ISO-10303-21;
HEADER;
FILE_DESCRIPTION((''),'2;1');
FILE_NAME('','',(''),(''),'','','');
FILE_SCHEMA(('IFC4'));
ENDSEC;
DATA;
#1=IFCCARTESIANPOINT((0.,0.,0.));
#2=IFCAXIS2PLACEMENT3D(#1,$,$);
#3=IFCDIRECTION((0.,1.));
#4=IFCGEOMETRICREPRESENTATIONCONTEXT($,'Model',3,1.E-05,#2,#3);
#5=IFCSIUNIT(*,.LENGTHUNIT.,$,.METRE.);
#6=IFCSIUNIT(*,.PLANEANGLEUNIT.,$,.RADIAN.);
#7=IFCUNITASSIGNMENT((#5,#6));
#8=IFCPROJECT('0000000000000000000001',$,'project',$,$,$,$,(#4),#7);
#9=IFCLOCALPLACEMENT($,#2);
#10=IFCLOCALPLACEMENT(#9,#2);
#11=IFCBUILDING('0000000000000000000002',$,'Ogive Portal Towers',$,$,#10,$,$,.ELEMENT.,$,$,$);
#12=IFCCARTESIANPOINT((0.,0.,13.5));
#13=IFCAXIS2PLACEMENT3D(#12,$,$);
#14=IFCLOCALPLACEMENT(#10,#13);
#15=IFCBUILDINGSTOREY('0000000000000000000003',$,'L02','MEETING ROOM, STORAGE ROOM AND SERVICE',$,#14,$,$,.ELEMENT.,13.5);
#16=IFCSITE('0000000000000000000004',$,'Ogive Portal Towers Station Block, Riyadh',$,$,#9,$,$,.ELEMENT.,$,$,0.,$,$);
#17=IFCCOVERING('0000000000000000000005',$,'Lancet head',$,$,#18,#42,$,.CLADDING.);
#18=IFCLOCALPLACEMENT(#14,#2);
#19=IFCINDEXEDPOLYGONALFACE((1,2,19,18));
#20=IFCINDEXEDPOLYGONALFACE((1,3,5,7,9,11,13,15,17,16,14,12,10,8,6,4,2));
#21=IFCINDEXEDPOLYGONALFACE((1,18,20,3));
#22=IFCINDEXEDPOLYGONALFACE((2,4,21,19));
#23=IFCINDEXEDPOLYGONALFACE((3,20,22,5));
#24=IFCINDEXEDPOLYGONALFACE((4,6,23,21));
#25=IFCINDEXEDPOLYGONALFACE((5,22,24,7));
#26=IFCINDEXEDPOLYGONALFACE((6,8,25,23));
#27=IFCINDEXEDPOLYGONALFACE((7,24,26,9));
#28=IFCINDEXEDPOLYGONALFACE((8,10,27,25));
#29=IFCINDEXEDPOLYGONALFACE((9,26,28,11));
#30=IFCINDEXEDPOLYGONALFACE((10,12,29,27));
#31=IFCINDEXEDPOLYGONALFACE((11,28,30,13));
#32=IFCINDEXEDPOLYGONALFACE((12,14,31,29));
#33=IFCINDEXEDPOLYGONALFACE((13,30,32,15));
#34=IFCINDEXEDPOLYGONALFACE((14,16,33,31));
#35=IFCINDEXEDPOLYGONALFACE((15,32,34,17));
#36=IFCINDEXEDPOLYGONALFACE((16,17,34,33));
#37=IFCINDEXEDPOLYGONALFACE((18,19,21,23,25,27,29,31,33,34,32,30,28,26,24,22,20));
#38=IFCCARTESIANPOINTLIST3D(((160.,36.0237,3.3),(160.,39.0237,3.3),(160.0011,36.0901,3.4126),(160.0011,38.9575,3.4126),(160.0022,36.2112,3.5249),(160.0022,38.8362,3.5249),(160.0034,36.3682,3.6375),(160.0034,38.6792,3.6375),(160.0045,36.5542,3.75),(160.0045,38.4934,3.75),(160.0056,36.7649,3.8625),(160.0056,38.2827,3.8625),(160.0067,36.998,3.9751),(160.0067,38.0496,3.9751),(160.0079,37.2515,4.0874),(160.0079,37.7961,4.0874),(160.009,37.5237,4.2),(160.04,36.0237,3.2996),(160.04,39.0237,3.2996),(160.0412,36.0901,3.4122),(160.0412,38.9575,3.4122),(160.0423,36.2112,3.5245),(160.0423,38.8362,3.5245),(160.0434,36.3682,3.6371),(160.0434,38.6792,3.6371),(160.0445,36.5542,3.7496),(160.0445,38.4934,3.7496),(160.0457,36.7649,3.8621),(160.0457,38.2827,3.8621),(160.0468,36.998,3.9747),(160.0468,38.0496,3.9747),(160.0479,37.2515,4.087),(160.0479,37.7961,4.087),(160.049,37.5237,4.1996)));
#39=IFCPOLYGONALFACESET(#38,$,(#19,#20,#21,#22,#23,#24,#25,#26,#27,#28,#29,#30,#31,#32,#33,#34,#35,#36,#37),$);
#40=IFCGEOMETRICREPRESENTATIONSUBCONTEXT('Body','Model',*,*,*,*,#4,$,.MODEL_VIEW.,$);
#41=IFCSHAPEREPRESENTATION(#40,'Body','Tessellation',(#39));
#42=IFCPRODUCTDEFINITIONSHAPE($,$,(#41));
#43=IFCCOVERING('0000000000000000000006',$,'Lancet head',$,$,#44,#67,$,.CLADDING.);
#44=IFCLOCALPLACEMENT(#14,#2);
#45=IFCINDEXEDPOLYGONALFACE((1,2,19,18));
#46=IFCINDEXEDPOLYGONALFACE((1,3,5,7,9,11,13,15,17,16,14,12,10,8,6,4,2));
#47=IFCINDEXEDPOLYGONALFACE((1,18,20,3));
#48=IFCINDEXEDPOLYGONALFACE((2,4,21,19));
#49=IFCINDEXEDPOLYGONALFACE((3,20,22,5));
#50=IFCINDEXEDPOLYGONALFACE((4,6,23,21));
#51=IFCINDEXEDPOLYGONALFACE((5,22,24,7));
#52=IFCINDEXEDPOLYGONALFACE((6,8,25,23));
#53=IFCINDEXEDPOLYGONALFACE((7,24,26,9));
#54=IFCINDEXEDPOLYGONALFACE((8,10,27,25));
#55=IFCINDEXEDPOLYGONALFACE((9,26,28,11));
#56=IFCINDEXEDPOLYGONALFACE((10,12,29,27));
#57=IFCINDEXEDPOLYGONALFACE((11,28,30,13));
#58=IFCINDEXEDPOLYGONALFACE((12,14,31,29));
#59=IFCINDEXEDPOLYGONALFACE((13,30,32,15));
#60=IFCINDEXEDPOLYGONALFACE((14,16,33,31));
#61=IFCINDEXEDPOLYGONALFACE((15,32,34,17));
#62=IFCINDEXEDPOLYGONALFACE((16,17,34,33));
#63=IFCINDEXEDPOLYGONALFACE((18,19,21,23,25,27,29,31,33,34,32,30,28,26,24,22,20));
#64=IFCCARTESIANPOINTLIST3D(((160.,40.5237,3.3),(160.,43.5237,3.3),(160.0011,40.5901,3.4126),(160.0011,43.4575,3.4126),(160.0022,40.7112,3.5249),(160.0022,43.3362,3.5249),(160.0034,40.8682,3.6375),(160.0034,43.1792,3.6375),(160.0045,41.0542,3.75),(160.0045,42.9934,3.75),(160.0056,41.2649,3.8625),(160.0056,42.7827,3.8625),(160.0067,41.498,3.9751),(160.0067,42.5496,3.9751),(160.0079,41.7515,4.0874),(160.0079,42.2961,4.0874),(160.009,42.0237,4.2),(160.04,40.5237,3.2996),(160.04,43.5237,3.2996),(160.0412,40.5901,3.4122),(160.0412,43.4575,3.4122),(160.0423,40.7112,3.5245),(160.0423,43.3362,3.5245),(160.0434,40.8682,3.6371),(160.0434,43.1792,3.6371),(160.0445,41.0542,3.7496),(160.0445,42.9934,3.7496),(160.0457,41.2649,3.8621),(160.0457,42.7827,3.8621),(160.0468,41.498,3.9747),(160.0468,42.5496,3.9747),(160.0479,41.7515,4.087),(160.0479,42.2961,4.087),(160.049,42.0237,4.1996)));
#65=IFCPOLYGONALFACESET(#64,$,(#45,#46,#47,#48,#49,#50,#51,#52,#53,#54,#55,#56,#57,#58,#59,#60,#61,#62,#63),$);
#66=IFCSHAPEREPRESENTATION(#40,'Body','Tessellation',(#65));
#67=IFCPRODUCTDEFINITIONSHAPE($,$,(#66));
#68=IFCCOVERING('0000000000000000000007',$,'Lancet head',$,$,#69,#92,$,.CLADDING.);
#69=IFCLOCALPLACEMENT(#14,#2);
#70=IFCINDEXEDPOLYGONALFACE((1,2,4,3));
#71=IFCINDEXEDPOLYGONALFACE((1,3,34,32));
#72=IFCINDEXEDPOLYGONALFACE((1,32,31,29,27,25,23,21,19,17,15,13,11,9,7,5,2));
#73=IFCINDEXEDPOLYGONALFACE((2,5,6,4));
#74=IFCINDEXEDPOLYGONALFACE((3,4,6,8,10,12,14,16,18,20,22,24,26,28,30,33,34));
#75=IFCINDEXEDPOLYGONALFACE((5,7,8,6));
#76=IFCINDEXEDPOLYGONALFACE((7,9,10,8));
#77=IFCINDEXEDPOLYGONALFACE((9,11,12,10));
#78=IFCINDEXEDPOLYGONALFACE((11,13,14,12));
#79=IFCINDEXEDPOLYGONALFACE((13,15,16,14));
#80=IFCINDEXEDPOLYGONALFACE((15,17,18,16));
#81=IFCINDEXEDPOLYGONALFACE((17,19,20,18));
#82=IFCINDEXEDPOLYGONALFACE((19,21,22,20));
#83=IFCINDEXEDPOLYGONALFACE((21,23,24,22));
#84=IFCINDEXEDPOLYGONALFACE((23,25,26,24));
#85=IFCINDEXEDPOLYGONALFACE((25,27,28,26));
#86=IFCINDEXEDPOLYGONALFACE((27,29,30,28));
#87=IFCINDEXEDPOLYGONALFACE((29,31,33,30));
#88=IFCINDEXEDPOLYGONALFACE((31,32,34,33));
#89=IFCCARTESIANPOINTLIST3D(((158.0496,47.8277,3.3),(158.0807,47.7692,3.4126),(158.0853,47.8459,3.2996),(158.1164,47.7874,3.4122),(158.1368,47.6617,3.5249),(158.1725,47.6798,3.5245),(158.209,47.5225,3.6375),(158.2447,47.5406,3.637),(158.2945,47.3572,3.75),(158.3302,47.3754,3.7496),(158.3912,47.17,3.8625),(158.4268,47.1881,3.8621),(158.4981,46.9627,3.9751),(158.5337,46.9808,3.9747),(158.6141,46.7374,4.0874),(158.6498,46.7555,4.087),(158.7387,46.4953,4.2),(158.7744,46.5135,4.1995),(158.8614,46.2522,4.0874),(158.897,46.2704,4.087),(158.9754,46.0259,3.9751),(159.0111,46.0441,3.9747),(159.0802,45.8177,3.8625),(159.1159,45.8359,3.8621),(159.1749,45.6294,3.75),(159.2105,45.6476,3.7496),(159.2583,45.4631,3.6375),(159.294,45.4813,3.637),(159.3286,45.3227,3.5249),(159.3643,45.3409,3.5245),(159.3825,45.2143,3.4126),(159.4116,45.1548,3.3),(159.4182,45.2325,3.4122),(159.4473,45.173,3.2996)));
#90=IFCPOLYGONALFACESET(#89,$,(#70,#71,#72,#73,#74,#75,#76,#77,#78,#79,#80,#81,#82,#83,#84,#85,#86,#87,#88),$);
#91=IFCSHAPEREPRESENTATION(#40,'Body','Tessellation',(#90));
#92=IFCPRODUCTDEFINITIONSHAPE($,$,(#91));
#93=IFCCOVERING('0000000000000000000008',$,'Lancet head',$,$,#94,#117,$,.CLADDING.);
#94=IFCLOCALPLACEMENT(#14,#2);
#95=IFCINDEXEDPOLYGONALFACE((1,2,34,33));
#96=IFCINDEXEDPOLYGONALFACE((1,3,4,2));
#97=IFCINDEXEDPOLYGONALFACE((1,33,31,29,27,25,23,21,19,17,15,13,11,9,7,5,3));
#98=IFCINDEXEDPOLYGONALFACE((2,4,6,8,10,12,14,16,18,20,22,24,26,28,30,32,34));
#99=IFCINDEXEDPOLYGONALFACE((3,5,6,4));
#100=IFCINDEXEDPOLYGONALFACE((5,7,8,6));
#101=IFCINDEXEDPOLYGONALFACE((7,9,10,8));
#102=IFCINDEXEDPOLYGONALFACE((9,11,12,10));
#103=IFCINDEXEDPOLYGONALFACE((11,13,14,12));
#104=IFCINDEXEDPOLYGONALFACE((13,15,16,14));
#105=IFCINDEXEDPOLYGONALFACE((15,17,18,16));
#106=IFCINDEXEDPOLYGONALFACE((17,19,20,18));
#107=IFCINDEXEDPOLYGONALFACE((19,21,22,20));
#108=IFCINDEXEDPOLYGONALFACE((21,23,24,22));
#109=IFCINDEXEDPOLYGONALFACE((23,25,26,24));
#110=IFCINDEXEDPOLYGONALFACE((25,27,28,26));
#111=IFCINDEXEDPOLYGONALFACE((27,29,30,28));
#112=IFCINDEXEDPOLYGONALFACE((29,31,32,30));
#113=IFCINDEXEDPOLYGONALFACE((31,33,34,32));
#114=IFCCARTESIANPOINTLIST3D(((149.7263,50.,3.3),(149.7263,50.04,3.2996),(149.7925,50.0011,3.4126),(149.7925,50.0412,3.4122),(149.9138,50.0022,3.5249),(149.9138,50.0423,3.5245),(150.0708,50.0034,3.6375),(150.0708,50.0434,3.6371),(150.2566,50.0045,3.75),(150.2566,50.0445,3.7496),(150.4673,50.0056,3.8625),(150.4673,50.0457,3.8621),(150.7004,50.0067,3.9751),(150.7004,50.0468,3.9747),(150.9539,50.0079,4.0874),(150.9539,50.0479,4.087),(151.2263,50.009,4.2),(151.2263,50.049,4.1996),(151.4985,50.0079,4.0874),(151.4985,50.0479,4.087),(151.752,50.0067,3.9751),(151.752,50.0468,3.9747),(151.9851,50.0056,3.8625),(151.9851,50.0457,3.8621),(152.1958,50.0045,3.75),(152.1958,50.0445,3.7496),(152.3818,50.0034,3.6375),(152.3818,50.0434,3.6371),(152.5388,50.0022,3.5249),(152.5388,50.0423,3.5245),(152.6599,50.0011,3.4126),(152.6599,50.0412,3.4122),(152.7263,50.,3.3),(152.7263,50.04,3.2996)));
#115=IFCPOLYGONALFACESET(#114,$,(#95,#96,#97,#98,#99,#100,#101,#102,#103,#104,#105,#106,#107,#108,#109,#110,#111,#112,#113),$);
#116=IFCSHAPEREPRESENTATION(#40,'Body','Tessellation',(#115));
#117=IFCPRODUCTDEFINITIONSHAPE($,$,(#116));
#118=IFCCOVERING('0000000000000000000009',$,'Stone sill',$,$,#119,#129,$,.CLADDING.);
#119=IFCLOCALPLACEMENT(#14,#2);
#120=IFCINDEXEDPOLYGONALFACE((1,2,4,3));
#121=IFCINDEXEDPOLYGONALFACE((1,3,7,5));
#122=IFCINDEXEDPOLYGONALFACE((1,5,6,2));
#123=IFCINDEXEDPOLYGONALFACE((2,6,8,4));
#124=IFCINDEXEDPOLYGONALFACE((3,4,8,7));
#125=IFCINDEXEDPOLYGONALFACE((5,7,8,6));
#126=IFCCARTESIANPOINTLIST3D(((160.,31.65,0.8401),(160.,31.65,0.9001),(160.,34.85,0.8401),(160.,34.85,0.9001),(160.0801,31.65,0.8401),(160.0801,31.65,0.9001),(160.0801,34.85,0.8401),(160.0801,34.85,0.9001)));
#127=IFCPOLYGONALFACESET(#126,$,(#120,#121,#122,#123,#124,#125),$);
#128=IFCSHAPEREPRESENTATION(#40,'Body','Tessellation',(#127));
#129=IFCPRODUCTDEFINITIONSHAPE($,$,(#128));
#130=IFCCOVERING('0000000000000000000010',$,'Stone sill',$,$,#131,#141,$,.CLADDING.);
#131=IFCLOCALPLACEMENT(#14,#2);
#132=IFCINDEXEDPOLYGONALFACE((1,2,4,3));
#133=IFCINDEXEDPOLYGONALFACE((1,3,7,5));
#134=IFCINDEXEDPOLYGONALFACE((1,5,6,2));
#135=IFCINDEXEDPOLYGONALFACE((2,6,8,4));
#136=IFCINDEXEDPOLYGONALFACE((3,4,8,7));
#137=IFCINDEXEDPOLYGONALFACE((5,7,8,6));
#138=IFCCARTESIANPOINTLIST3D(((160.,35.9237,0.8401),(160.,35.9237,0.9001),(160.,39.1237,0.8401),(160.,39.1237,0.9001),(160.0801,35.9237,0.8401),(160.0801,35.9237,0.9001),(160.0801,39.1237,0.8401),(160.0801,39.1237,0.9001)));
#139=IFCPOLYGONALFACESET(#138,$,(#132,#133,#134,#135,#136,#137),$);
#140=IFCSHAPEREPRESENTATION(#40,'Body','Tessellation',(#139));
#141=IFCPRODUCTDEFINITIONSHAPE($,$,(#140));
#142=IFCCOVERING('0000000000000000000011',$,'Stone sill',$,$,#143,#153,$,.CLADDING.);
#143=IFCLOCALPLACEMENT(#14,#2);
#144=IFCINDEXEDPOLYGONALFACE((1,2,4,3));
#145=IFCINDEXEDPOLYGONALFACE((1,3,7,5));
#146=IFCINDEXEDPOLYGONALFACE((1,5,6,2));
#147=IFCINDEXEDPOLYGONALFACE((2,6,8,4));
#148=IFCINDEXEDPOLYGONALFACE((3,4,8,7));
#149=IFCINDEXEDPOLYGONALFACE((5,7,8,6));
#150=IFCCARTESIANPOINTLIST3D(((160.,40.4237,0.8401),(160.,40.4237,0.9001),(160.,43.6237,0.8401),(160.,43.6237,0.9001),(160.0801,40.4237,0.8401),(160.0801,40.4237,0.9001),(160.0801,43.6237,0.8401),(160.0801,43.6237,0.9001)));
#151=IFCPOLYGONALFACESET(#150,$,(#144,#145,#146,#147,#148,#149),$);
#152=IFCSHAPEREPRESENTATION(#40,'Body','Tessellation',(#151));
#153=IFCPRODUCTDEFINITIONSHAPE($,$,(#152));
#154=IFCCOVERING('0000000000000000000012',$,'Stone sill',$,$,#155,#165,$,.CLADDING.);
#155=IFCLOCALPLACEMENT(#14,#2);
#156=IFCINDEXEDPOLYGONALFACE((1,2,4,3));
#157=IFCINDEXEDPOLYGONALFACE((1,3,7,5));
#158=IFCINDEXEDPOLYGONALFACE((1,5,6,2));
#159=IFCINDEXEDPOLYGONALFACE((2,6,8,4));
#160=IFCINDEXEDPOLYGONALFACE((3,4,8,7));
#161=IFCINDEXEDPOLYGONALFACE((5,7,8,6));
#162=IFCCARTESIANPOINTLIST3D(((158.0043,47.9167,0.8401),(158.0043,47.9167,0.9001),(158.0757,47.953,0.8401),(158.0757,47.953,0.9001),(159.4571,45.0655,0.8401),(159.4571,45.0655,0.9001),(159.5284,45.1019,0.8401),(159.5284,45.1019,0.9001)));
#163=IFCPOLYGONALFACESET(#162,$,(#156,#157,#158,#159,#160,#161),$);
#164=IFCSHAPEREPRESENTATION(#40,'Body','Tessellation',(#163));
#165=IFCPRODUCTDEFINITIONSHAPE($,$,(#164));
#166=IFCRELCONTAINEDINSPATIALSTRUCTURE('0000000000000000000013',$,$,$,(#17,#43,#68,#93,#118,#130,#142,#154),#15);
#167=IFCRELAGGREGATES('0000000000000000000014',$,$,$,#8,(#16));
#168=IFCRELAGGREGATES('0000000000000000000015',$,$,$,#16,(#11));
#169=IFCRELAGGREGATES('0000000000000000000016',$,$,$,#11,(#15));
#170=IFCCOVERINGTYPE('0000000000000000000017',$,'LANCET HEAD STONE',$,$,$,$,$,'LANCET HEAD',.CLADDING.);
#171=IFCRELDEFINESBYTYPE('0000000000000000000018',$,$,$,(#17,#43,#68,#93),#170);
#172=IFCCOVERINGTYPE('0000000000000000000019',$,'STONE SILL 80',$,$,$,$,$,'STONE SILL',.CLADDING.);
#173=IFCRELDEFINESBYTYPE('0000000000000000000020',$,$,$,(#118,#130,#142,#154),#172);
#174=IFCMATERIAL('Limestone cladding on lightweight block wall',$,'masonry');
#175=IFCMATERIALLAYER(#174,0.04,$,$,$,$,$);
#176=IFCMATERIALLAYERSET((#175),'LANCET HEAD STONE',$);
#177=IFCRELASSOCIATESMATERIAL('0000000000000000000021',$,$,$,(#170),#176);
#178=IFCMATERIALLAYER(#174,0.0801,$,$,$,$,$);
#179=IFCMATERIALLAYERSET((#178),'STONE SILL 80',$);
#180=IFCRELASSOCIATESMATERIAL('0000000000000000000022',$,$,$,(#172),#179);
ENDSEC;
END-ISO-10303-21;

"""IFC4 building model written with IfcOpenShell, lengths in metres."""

from ifc_helpers import new_model, si_unit, direction, frame, origin, origin_2d, place, context, subcontext, project, spatial, polyline, rectangle, outline, extrude, material, layer, layer_set, type_object, element, save


model = new_model("IFC4")

# Units and contexts
model_context = context("Model", 3, precision=1e-05, world=origin(), true_north=direction((0.0, 1.0)))
body_context = subcontext(model_context, "Body", "Model", "MODEL_VIEW")
ifc_project = project(units=[si_unit("LENGTHUNIT", "METRE"), si_unit("PLANEANGLEUNIT", "RADIAN")], contexts=[model_context])

# Site, building, storey
site_placement = place(None, origin())
site = spatial("IfcSite", under=ifc_project, at=site_placement, Name="Ogive Portal Towers Station Block, Riyadh", CompositionType="ELEMENT", RefElevation=0.0)
building_placement = place(site_placement, origin())
building = spatial("IfcBuilding", under=site, at=building_placement, Name="Ogive Portal Towers", CompositionType="ELEMENT")
storey_placement = place(building_placement, frame((0.0, 0.0, 13.5)))
storey = spatial("IfcBuildingStorey", under=building, at=storey_placement, Name="L02", Description="MEETING ROOM, STORAGE ROOM AND SERVICE", CompositionType="ELEMENT", Elevation=13.5)

# Shared definitions
ifc_material_1 = material(Name="Limestone cladding on lightweight block wall", Category="masonry")

# Coverings
ifc_layer_1 = layer(ifc_material_1, 0.04)
ifc_layer_set_1 = layer_set([ifc_layer_1], Name="LANCET HEAD STONE")
covering_type_1 = type_object("IfcCoveringType", Name="LANCET HEAD STONE", ElementType="LANCET HEAD", PredefinedType="CLADDING", material=ifc_layer_set_1)
for number, where, z_axis, x_axis, name in (
    (1, (160.0, 36.0237, 3.3), (-0.99995, 0.0, 0.009994), (0.0, 1.0, 0.0), "Lancet head"),
    (2, (160.0, 40.5237, 3.3), (-0.99995, 0.0, 0.009994), (0.0, 1.0, 0.0), "Lancet head"),
):
    element("IfcCovering", number, at=place(storey_placement, frame(where, z_axis=z_axis, x_axis=x_axis)), inside=storey, type_object=covering_type_1, Name=name, PredefinedType="CLADDING", context=body_context, shape_type="SweptSolid", body=[
        extrude(outline(polyline([(0.0, 0.0), (3.0, 0.0), (2.9338, -0.1126), (2.8125, -0.2249), (2.6555, -0.3374), (2.4697, -0.45), (2.259, -0.5625), (2.0259, -0.6751), (1.7725, -0.7874), (1.5, -0.8999), (1.2278, -0.7874), (0.9744, -0.6751), (0.7412, -0.5625), (0.5305, -0.45), (0.3445, -0.3374), (0.1875, -0.2249), (0.0664, -0.1126), (0.0, 0.0)])), origin(), (0.0, 0.0, -1.0), 0.04),
    ])
covering_1_placement = place(storey_placement, frame((159.4116, 45.1548, 3.3), z_axis=(-0.890951, -0.453987, 0.010108), x_axis=(-0.45401, 0.890997, 0.0)))
element("IfcCovering", 3, at=covering_1_placement, inside=storey, type_object=covering_type_1, Name="Lancet head", PredefinedType="CLADDING", context=body_context, shape_type="SweptSolid", body=[
    extrude(outline(polyline([(0.0, 0.0), (2.9999, 0.0), (2.9337, -0.1126), (2.8124, -0.2249), (2.6556, -0.3374), (2.4695, -0.45), (2.2588, -0.5625), (2.0256, -0.6751), (1.7721, -0.7874), (1.4999, -0.8999), (1.2276, -0.7874), (0.9742, -0.6751), (0.7411, -0.5625), (0.5304, -0.45), (0.3443, -0.3374), (0.1873, -0.2249), (0.0663, -0.1126), (0.0, 0.0)])), origin(), (0.0, 0.0, -1.0), 0.04),
])
covering_2_placement = place(storey_placement, frame((152.7263, 50.0, 3.3), z_axis=(0.0, -0.99995, 0.009994), x_axis=(-1.0, 0.0, 0.0)))
element("IfcCovering", 4, at=covering_2_placement, inside=storey, type_object=covering_type_1, Name="Lancet head", PredefinedType="CLADDING", context=body_context, shape_type="SweptSolid", body=[
    extrude(outline(polyline([(0.0, 0.0), (3.0, 0.0), (2.9338, -0.1126), (2.8125, -0.2249), (2.6555, -0.3374), (2.4697, -0.45), (2.259, -0.5625), (2.0259, -0.6751), (1.7725, -0.7874), (1.5, -0.8999), (1.2278, -0.7874), (0.9744, -0.6751), (0.7412, -0.5625), (0.5305, -0.45), (0.3445, -0.3374), (0.1875, -0.2249), (0.0664, -0.1126), (0.0, 0.0)])), origin(), (0.0, 0.0, -1.0), 0.04),
])
ifc_layer_2 = layer(ifc_material_1, 0.0801)
ifc_layer_set_2 = layer_set([ifc_layer_2], Name="STONE SILL 80")
covering_type_2 = type_object("IfcCoveringType", Name="STONE SILL 80", ElementType="STONE SILL", PredefinedType="CLADDING", material=ifc_layer_set_2)
for number, where, z_axis, x_axis, name in (
    (5, (160.04, 33.25, 0.8401), (0.0, 0.0, 1.0), (0.0, 1.0, 0.0), "Stone sill"),
    (6, (160.04, 37.5237, 0.8401), (0.0, 0.0, 1.0), (0.0, 1.0, 0.0), "Stone sill"),
    (7, (160.04, 42.0237, 0.8401), (0.0, 0.0, 1.0), (0.0, 1.0, 0.0), "Stone sill"),
    (8, (158.7664, 46.5093, 0.8401), (0.0, 0.0, 1.0), (-0.45399, 0.891007, 0.0), "Stone sill"),
):
    element("IfcCovering", number, at=place(storey_placement, frame(where, z_axis=z_axis, x_axis=x_axis)), inside=storey, type_object=covering_type_2, Name=name, PredefinedType="CLADDING", context=body_context, shape_type="SweptSolid", body=[
        extrude(rectangle(XDim=3.2, YDim=0.0801, at=origin_2d()), origin(), (0.0, 0.0, 1.0), 0.0601),
    ])

save(model, "model.ifc")
